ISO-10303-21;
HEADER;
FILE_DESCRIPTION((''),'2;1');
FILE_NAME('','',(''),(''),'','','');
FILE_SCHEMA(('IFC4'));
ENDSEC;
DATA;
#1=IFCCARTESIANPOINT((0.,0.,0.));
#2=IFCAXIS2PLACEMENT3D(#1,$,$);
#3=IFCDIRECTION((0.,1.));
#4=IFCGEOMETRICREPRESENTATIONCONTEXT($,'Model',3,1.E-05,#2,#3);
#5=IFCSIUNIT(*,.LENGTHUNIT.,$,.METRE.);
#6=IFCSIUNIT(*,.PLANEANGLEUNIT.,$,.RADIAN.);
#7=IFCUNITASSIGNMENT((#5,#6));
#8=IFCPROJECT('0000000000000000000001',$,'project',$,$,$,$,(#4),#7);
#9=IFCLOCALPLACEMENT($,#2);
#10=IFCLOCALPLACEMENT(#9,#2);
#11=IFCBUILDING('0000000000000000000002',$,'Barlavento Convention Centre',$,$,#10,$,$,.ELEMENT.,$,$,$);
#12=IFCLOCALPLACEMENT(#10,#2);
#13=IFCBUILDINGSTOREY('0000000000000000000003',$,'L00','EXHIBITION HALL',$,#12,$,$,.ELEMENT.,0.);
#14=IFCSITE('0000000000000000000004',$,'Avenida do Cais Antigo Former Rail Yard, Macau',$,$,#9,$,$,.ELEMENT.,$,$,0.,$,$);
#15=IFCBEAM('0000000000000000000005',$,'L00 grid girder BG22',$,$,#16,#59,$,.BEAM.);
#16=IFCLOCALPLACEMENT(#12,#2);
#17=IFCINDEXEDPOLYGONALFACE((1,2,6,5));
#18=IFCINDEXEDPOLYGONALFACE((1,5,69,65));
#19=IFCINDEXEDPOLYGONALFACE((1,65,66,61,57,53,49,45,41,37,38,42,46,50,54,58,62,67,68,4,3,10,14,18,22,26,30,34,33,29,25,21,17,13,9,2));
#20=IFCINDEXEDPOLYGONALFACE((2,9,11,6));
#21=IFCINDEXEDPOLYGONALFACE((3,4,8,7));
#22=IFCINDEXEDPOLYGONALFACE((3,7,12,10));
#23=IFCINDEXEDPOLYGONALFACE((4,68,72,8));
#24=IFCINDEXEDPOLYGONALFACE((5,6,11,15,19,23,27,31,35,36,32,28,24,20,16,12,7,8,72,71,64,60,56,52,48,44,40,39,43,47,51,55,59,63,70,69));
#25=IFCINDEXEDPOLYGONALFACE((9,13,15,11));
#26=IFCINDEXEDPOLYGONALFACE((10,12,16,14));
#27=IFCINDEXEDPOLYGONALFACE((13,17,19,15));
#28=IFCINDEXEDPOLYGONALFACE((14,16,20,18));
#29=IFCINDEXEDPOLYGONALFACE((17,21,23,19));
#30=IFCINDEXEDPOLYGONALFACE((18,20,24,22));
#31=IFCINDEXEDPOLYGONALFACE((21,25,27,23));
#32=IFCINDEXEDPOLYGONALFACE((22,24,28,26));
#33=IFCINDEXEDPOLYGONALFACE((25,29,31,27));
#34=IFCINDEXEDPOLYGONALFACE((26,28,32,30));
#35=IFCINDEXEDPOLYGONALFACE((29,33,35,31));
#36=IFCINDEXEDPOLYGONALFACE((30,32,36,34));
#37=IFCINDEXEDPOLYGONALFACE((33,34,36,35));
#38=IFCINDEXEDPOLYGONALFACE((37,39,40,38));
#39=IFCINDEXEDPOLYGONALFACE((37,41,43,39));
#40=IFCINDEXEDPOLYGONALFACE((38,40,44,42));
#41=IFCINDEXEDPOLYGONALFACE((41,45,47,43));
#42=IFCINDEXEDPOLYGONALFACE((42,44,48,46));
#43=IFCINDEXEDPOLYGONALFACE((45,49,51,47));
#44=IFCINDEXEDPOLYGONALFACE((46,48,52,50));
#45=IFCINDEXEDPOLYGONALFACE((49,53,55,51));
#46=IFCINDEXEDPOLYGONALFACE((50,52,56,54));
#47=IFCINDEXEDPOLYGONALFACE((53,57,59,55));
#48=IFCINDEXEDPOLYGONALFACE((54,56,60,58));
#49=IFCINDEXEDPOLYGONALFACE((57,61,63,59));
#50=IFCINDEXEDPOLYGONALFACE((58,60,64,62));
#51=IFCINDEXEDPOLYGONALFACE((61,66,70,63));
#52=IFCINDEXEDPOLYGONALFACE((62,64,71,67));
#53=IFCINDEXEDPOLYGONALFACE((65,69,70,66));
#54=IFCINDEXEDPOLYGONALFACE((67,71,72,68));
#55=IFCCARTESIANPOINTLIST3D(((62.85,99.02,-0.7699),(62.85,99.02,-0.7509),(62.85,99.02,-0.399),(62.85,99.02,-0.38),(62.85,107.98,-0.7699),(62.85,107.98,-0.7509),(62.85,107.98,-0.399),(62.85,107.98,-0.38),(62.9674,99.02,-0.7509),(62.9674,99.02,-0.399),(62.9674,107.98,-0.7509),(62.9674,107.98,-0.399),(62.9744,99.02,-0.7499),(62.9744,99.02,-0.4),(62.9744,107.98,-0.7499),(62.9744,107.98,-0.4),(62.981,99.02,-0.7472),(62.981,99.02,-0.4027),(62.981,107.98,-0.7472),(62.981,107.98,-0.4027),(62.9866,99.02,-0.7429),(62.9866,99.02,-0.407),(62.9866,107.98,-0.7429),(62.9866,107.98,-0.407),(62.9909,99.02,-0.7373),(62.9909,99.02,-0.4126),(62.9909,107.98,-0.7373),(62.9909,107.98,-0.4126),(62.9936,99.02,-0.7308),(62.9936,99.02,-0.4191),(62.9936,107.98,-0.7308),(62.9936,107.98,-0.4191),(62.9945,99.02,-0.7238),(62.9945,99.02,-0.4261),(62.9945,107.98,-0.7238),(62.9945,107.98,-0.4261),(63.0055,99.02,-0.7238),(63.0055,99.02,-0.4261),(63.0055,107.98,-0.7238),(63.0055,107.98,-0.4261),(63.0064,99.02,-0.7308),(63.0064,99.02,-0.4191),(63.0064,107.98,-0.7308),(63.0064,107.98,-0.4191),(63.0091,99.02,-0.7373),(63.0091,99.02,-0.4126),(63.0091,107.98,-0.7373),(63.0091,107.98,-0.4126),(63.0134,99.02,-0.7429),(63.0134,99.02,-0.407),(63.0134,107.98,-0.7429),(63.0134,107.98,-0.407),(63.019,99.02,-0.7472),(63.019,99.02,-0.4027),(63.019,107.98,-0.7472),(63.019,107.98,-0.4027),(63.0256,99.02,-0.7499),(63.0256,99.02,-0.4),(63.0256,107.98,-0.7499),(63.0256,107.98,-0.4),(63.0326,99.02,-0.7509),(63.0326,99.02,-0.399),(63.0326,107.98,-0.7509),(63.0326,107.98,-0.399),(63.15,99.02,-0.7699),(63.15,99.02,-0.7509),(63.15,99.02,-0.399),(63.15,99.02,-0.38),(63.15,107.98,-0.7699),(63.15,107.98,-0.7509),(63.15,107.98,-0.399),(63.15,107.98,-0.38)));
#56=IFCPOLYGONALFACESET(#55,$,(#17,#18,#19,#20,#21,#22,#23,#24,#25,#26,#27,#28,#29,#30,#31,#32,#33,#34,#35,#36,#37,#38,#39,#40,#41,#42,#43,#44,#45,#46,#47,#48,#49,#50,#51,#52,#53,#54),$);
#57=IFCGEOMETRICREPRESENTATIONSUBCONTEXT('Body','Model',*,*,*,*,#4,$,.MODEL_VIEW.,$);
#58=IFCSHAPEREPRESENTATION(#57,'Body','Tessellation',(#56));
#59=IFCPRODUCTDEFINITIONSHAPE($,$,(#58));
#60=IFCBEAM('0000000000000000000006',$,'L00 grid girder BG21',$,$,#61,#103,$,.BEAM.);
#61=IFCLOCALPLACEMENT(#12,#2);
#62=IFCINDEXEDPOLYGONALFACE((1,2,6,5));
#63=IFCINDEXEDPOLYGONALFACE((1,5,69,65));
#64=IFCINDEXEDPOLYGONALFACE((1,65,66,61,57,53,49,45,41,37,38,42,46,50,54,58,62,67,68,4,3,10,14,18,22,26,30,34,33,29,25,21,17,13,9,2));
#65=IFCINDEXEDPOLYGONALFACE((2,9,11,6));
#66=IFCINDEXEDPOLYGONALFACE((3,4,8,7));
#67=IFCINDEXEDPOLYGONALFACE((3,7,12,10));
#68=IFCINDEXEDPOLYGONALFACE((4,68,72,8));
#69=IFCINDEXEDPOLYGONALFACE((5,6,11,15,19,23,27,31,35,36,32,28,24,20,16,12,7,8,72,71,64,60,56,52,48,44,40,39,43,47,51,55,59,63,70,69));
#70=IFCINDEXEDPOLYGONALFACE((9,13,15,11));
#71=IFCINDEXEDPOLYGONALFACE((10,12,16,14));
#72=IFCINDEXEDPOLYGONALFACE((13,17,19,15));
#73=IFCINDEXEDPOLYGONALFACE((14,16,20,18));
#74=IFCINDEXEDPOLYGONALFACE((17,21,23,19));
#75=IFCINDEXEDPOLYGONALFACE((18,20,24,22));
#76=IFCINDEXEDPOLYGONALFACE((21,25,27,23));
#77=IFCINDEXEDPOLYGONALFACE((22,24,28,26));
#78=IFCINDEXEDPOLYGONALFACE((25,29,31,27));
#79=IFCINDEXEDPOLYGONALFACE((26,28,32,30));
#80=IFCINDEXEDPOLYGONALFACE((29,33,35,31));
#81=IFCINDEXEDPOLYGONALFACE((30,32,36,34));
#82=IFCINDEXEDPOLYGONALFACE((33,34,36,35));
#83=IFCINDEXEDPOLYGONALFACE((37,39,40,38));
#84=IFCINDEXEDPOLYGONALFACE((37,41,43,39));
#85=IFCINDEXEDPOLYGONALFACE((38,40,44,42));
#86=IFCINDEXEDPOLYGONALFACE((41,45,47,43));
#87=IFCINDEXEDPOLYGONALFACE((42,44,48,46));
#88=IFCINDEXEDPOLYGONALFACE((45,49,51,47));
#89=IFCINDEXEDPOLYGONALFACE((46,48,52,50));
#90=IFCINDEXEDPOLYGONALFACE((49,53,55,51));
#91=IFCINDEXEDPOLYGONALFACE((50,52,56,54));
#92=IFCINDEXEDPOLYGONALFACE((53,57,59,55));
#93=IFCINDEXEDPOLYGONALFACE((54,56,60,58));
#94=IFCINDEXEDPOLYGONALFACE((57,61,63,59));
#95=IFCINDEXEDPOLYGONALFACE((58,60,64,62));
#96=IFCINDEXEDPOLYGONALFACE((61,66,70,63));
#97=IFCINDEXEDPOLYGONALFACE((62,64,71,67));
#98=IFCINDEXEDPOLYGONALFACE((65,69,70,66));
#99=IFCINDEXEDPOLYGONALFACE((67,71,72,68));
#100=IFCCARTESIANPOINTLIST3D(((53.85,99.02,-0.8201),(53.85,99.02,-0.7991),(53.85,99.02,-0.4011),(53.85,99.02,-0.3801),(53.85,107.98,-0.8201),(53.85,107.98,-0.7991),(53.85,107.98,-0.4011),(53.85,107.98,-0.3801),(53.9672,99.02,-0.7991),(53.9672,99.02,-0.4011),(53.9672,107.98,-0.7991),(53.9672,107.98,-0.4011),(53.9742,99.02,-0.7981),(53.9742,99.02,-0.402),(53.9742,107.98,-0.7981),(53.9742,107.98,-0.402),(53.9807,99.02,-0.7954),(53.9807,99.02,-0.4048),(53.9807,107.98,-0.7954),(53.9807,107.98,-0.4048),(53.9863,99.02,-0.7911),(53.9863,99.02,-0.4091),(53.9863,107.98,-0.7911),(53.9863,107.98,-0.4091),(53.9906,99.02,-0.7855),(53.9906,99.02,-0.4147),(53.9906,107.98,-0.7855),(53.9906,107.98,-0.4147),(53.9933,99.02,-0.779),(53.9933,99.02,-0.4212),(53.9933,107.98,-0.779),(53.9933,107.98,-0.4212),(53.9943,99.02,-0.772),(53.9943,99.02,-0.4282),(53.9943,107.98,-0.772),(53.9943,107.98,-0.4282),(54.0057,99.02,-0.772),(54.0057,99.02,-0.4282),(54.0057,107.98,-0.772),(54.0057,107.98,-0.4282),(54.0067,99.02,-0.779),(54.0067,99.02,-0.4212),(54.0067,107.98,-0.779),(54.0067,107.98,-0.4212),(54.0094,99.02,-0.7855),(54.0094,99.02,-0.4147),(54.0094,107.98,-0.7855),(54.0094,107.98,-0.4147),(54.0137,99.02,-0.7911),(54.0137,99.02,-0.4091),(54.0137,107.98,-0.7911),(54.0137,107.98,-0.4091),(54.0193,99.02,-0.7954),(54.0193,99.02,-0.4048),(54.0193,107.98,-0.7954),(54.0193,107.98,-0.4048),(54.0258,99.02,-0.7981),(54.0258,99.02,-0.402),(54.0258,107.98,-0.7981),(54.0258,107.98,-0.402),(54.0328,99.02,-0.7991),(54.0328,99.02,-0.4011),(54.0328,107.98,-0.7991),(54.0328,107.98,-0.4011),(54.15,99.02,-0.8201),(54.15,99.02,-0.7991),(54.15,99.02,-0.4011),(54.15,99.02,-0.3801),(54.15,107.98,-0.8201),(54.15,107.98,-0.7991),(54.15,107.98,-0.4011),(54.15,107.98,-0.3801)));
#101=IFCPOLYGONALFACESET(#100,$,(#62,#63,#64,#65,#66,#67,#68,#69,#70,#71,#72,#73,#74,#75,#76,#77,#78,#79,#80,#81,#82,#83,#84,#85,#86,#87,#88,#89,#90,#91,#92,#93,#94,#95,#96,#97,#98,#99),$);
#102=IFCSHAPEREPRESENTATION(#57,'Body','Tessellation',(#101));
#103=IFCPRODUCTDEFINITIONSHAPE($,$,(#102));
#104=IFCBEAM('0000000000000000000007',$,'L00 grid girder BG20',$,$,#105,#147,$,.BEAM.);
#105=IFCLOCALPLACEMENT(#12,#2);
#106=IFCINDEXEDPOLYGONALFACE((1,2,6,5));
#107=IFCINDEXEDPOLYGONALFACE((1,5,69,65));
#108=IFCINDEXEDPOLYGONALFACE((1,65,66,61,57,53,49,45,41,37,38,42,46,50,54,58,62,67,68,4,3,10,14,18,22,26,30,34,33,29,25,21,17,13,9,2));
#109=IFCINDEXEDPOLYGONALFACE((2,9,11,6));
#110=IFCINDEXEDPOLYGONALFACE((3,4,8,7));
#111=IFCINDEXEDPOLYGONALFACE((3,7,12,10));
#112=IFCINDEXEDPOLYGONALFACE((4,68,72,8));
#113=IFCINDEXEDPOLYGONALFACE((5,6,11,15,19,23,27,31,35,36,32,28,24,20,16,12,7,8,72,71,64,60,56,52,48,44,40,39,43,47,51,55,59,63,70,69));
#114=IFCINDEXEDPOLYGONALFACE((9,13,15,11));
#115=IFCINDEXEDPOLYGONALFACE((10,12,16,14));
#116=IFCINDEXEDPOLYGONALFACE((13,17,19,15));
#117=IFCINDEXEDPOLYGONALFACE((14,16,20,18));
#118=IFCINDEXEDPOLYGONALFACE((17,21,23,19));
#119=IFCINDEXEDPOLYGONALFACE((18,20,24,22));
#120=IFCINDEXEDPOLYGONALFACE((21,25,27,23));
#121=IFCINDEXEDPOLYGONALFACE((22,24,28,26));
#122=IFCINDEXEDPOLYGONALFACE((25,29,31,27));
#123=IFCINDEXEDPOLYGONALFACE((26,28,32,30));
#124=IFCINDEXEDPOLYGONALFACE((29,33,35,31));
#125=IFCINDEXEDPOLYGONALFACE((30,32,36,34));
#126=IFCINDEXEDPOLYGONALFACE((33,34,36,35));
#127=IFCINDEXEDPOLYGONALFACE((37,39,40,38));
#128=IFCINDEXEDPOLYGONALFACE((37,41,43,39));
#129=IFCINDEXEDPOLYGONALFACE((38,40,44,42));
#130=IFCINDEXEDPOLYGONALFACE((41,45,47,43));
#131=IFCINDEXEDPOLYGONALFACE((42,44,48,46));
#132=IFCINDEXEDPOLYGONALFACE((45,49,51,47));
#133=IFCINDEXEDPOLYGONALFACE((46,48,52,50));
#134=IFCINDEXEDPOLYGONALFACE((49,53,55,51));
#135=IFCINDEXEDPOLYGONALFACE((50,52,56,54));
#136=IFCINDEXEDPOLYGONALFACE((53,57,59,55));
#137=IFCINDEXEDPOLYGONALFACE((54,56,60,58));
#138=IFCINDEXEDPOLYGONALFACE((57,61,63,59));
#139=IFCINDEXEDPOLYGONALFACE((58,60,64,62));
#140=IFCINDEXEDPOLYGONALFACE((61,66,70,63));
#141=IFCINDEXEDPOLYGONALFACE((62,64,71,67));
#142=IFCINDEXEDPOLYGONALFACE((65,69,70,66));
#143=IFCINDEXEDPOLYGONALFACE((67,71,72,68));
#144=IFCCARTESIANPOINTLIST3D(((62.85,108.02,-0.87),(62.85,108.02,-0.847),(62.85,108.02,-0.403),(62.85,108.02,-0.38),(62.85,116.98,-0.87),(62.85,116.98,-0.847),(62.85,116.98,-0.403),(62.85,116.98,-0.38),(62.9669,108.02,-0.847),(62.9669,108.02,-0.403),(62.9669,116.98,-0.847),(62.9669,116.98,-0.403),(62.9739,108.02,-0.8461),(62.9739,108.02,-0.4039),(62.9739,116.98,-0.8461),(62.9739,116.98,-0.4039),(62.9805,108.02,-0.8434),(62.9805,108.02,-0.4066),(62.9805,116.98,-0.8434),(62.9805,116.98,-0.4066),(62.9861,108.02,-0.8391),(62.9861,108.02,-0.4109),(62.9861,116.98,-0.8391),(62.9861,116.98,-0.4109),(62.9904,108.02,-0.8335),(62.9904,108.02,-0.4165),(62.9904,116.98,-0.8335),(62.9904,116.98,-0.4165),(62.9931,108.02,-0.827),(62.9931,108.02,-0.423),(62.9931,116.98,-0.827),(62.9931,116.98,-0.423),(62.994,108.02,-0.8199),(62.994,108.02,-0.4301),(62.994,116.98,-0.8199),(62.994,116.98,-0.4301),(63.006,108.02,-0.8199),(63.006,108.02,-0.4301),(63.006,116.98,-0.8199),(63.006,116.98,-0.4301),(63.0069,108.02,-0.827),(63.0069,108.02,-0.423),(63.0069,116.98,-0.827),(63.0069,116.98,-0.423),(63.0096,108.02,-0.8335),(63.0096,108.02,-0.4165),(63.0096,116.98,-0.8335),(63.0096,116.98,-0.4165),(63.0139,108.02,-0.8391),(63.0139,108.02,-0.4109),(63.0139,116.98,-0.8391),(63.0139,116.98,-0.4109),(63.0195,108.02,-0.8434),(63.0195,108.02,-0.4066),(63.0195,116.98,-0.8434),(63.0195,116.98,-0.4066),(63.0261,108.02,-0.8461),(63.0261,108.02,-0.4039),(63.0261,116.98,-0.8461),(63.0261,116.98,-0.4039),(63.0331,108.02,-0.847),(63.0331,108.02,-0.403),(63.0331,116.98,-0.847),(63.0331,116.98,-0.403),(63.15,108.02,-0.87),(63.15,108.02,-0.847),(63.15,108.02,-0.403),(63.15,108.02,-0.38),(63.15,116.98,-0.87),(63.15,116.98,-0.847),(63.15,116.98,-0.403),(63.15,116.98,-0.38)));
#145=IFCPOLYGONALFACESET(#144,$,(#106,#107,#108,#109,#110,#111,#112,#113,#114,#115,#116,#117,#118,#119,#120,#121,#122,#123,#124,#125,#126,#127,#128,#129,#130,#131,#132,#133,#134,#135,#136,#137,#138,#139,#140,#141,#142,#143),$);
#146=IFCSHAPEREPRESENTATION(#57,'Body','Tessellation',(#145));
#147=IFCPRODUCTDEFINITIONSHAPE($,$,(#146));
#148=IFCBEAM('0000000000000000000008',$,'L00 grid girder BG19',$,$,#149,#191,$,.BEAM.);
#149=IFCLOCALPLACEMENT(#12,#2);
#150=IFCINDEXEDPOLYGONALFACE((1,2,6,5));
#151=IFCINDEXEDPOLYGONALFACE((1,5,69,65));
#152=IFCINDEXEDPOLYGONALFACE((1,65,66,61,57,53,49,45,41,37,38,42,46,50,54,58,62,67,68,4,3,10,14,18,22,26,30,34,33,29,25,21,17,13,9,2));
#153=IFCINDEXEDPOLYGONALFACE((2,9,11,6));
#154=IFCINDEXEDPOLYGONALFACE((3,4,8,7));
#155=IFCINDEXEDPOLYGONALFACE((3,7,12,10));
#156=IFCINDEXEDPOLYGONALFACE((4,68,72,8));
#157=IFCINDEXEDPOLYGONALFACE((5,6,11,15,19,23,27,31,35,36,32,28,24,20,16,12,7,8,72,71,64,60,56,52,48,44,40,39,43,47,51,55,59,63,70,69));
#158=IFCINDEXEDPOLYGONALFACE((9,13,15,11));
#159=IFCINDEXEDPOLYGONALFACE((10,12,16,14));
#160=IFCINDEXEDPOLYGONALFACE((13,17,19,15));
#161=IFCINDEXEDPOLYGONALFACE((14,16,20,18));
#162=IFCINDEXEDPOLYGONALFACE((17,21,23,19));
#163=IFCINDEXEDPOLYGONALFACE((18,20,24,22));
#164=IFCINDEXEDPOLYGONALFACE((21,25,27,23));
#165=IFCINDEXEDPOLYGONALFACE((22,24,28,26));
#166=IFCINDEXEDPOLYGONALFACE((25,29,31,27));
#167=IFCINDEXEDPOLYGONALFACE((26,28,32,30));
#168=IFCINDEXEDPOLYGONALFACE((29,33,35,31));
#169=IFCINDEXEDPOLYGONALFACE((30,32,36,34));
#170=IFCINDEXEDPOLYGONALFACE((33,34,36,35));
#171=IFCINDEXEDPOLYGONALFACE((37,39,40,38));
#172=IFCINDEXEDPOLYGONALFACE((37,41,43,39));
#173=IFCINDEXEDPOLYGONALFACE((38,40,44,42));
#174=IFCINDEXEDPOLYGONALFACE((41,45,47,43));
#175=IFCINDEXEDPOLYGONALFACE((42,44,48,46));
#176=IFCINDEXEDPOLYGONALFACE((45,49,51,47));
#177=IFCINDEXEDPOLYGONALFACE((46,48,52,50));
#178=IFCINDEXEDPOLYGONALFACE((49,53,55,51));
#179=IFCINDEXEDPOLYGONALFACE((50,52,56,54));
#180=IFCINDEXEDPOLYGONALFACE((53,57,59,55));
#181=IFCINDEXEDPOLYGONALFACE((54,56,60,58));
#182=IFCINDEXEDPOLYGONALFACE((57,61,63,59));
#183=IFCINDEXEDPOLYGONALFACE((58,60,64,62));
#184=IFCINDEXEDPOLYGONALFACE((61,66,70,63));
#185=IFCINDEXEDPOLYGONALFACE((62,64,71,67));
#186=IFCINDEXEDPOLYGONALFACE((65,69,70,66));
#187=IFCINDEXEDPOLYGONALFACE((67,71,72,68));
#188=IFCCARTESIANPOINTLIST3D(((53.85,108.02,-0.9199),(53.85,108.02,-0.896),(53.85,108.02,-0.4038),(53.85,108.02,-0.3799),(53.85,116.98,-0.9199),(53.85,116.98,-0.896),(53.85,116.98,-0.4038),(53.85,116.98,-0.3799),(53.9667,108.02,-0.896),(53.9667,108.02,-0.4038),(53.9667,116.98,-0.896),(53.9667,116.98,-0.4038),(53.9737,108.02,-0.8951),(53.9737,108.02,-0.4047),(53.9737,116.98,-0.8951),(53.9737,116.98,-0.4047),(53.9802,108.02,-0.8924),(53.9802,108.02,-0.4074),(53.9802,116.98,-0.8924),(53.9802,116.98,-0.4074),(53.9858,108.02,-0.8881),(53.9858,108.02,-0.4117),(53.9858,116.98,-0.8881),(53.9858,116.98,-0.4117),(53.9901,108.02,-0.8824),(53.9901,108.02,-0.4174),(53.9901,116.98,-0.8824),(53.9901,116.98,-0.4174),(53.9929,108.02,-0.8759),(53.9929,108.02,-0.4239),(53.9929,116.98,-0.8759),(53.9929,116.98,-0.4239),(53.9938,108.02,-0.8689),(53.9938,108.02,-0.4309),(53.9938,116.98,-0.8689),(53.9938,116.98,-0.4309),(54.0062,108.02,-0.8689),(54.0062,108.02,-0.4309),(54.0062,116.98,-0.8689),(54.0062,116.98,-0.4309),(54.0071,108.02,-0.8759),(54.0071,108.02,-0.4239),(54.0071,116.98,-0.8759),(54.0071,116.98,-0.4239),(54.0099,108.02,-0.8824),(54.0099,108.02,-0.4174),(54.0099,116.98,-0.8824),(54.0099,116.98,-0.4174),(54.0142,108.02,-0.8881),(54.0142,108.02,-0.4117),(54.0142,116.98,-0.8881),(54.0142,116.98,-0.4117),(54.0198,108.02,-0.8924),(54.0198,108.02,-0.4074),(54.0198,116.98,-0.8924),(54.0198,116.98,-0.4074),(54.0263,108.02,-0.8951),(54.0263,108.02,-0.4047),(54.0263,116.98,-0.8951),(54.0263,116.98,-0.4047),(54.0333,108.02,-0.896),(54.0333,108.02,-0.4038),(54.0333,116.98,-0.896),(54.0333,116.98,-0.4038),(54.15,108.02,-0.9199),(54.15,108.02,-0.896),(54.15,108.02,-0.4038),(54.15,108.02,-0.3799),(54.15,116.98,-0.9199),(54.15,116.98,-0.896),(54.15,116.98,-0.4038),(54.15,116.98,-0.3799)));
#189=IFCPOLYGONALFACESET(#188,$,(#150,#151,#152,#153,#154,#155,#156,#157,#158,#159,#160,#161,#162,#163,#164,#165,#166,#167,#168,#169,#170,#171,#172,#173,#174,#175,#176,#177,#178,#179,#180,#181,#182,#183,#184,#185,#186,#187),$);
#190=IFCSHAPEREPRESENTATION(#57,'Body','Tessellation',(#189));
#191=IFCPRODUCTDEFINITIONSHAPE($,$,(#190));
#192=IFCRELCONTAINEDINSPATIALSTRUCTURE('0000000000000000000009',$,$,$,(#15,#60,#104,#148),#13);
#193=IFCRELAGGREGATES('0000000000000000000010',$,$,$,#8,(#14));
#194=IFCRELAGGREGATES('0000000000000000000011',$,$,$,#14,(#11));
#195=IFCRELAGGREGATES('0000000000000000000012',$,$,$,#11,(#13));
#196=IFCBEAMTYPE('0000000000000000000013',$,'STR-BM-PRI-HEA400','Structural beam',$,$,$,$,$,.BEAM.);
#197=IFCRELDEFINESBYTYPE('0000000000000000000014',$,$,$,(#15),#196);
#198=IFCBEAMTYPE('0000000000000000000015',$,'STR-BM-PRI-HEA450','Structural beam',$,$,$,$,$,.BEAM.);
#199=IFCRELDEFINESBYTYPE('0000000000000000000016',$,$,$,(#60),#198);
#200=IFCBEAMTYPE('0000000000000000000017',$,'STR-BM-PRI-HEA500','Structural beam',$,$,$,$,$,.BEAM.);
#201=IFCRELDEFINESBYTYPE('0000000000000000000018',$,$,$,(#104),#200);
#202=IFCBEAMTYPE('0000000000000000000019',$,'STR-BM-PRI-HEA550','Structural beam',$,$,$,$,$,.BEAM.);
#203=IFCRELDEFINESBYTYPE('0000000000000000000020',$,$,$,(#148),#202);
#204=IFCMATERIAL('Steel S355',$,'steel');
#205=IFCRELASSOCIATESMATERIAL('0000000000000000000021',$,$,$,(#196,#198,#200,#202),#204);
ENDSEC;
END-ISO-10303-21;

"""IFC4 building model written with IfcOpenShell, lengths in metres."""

from ifc_helpers import new_model, si_unit, direction, frame, origin, origin_2d, place, context, subcontext, project, spatial, i_section, extrude, material, material_profile, profile_set, type_object, element, save


model = new_model("IFC4")

# Units and contexts
model_context = context("Model", 3, precision=1e-05, world=origin(), true_north=direction((0.0, 1.0)))
body_context = subcontext(model_context, "Body", "Model", "MODEL_VIEW")
ifc_project = project(units=[si_unit("LENGTHUNIT", "METRE"), si_unit("PLANEANGLEUNIT", "RADIAN")], contexts=[model_context])

# Site, building, storey
site_placement = place(None, origin())
site = spatial("IfcSite", under=ifc_project, at=site_placement, Name="Avenida do Cais Antigo Former Rail Yard, Macau", CompositionType="ELEMENT", RefElevation=0.0)
building_placement = place(site_placement, origin())
building = spatial("IfcBuilding", under=site, at=building_placement, Name="Barlavento Convention Centre", CompositionType="ELEMENT")
storey_placement = place(building_placement, origin())
storey = spatial("IfcBuildingStorey", under=building, at=storey_placement, Name="L00", Description="EXHIBITION HALL", CompositionType="ELEMENT", Elevation=0.0)

# Beams
ifc_material_1 = material(Name="Steel S355", Category="steel")
ifc_material_profile_1 = material_profile(ifc_material_1, i_section(OverallWidth=0.3, OverallDepth=0.3899, WebThickness=0.011, FlangeThickness=0.019, FilletRadius=0.0271, at=origin_2d()), Name="HEA 400")
ifc_profile_set_1 = profile_set([ifc_material_profile_1], Name="Steel S355")
beam_type_1 = type_object("IfcBeamType", Name="STR-BM-PRI-HEA400", Description="Structural beam", PredefinedType="BEAM", material=ifc_profile_set_1)
beam_1_placement = place(storey_placement, frame((63.0, 99.02, -0.575), z_axis=(0.0, 1.0, 0.0), x_axis=(-1.0, 0.0, 0.0)))
element("IfcBeam", 1, at=beam_1_placement, inside=storey, type_object=beam_type_1, Name="L00 grid girder BG22", PredefinedType="BEAM", context=body_context, shape_type="SweptSolid", body=[
    extrude(i_section(OverallWidth=0.3, OverallDepth=0.3899, WebThickness=0.011, FlangeThickness=0.019, FilletRadius=0.0271, at=origin_2d()), origin(), (0.0, 0.0, 1.0), 8.96),
])
ifc_material_profile_2 = material_profile(ifc_material_1, i_section(OverallWidth=0.3, OverallDepth=0.4399, WebThickness=0.0115, FlangeThickness=0.021, FilletRadius=0.0271, at=origin_2d()), Name="HEA 450")
ifc_profile_set_2 = profile_set([ifc_material_profile_2], Name="Steel S355")
beam_type_2 = type_object("IfcBeamType", Name="STR-BM-PRI-HEA450", Description="Structural beam", PredefinedType="BEAM", material=ifc_profile_set_2)
beam_2_placement = place(storey_placement, frame((54.0, 99.02, -0.6001), z_axis=(0.0, 1.0, 0.0), x_axis=(-1.0, 0.0, 0.0)))
element("IfcBeam", 2, at=beam_2_placement, inside=storey, type_object=beam_type_2, Name="L00 grid girder BG21", PredefinedType="BEAM", context=body_context, shape_type="SweptSolid", body=[
    extrude(i_section(OverallWidth=0.3, OverallDepth=0.4399, WebThickness=0.0115, FlangeThickness=0.021, FilletRadius=0.0271, at=origin_2d()), origin(), (0.0, 0.0, 1.0), 8.96),
])
ifc_material_profile_3 = material_profile(ifc_material_1, i_section(OverallWidth=0.3, OverallDepth=0.49, WebThickness=0.012, FlangeThickness=0.0229, FilletRadius=0.0271, at=origin_2d()), Name="HEA 500")
ifc_profile_set_3 = profile_set([ifc_material_profile_3], Name="Steel S355")
beam_type_3 = type_object("IfcBeamType", Name="STR-BM-PRI-HEA500", Description="Structural beam", PredefinedType="BEAM", material=ifc_profile_set_3)
beam_3_placement = place(storey_placement, frame((63.0, 108.02, -0.625), z_axis=(0.0, 1.0, 0.0), x_axis=(-1.0, 0.0, 0.0)))
element("IfcBeam", 3, at=beam_3_placement, inside=storey, type_object=beam_type_3, Name="L00 grid girder BG20", PredefinedType="BEAM", context=body_context, shape_type="SweptSolid", body=[
    extrude(i_section(OverallWidth=0.3, OverallDepth=0.49, WebThickness=0.012, FlangeThickness=0.0229, FilletRadius=0.0271, at=origin_2d()), origin(), (0.0, 0.0, 1.0), 8.96),
])
ifc_material_profile_4 = material_profile(ifc_material_1, i_section(OverallWidth=0.3, OverallDepth=0.54, WebThickness=0.0125, FlangeThickness=0.0239, FilletRadius=0.0271, at=origin_2d()), Name="HEA 550")
ifc_profile_set_4 = profile_set([ifc_material_profile_4], Name="Steel S355")
beam_type_4 = type_object("IfcBeamType", Name="STR-BM-PRI-HEA550", Description="Structural beam", PredefinedType="BEAM", material=ifc_profile_set_4)
beam_4_placement = place(storey_placement, frame((54.0, 108.02, -0.6499), z_axis=(0.0, 1.0, 0.0), x_axis=(-1.0, 0.0, 0.0)))
element("IfcBeam", 4, at=beam_4_placement, inside=storey, type_object=beam_type_4, Name="L00 grid girder BG19", PredefinedType="BEAM", context=body_context, shape_type="SweptSolid", body=[
    extrude(i_section(OverallWidth=0.3, OverallDepth=0.54, WebThickness=0.0125, FlangeThickness=0.0239, FilletRadius=0.0271, at=origin_2d()), origin(), (0.0, 0.0, 1.0), 8.96),
])

save(model, "model.ifc")
